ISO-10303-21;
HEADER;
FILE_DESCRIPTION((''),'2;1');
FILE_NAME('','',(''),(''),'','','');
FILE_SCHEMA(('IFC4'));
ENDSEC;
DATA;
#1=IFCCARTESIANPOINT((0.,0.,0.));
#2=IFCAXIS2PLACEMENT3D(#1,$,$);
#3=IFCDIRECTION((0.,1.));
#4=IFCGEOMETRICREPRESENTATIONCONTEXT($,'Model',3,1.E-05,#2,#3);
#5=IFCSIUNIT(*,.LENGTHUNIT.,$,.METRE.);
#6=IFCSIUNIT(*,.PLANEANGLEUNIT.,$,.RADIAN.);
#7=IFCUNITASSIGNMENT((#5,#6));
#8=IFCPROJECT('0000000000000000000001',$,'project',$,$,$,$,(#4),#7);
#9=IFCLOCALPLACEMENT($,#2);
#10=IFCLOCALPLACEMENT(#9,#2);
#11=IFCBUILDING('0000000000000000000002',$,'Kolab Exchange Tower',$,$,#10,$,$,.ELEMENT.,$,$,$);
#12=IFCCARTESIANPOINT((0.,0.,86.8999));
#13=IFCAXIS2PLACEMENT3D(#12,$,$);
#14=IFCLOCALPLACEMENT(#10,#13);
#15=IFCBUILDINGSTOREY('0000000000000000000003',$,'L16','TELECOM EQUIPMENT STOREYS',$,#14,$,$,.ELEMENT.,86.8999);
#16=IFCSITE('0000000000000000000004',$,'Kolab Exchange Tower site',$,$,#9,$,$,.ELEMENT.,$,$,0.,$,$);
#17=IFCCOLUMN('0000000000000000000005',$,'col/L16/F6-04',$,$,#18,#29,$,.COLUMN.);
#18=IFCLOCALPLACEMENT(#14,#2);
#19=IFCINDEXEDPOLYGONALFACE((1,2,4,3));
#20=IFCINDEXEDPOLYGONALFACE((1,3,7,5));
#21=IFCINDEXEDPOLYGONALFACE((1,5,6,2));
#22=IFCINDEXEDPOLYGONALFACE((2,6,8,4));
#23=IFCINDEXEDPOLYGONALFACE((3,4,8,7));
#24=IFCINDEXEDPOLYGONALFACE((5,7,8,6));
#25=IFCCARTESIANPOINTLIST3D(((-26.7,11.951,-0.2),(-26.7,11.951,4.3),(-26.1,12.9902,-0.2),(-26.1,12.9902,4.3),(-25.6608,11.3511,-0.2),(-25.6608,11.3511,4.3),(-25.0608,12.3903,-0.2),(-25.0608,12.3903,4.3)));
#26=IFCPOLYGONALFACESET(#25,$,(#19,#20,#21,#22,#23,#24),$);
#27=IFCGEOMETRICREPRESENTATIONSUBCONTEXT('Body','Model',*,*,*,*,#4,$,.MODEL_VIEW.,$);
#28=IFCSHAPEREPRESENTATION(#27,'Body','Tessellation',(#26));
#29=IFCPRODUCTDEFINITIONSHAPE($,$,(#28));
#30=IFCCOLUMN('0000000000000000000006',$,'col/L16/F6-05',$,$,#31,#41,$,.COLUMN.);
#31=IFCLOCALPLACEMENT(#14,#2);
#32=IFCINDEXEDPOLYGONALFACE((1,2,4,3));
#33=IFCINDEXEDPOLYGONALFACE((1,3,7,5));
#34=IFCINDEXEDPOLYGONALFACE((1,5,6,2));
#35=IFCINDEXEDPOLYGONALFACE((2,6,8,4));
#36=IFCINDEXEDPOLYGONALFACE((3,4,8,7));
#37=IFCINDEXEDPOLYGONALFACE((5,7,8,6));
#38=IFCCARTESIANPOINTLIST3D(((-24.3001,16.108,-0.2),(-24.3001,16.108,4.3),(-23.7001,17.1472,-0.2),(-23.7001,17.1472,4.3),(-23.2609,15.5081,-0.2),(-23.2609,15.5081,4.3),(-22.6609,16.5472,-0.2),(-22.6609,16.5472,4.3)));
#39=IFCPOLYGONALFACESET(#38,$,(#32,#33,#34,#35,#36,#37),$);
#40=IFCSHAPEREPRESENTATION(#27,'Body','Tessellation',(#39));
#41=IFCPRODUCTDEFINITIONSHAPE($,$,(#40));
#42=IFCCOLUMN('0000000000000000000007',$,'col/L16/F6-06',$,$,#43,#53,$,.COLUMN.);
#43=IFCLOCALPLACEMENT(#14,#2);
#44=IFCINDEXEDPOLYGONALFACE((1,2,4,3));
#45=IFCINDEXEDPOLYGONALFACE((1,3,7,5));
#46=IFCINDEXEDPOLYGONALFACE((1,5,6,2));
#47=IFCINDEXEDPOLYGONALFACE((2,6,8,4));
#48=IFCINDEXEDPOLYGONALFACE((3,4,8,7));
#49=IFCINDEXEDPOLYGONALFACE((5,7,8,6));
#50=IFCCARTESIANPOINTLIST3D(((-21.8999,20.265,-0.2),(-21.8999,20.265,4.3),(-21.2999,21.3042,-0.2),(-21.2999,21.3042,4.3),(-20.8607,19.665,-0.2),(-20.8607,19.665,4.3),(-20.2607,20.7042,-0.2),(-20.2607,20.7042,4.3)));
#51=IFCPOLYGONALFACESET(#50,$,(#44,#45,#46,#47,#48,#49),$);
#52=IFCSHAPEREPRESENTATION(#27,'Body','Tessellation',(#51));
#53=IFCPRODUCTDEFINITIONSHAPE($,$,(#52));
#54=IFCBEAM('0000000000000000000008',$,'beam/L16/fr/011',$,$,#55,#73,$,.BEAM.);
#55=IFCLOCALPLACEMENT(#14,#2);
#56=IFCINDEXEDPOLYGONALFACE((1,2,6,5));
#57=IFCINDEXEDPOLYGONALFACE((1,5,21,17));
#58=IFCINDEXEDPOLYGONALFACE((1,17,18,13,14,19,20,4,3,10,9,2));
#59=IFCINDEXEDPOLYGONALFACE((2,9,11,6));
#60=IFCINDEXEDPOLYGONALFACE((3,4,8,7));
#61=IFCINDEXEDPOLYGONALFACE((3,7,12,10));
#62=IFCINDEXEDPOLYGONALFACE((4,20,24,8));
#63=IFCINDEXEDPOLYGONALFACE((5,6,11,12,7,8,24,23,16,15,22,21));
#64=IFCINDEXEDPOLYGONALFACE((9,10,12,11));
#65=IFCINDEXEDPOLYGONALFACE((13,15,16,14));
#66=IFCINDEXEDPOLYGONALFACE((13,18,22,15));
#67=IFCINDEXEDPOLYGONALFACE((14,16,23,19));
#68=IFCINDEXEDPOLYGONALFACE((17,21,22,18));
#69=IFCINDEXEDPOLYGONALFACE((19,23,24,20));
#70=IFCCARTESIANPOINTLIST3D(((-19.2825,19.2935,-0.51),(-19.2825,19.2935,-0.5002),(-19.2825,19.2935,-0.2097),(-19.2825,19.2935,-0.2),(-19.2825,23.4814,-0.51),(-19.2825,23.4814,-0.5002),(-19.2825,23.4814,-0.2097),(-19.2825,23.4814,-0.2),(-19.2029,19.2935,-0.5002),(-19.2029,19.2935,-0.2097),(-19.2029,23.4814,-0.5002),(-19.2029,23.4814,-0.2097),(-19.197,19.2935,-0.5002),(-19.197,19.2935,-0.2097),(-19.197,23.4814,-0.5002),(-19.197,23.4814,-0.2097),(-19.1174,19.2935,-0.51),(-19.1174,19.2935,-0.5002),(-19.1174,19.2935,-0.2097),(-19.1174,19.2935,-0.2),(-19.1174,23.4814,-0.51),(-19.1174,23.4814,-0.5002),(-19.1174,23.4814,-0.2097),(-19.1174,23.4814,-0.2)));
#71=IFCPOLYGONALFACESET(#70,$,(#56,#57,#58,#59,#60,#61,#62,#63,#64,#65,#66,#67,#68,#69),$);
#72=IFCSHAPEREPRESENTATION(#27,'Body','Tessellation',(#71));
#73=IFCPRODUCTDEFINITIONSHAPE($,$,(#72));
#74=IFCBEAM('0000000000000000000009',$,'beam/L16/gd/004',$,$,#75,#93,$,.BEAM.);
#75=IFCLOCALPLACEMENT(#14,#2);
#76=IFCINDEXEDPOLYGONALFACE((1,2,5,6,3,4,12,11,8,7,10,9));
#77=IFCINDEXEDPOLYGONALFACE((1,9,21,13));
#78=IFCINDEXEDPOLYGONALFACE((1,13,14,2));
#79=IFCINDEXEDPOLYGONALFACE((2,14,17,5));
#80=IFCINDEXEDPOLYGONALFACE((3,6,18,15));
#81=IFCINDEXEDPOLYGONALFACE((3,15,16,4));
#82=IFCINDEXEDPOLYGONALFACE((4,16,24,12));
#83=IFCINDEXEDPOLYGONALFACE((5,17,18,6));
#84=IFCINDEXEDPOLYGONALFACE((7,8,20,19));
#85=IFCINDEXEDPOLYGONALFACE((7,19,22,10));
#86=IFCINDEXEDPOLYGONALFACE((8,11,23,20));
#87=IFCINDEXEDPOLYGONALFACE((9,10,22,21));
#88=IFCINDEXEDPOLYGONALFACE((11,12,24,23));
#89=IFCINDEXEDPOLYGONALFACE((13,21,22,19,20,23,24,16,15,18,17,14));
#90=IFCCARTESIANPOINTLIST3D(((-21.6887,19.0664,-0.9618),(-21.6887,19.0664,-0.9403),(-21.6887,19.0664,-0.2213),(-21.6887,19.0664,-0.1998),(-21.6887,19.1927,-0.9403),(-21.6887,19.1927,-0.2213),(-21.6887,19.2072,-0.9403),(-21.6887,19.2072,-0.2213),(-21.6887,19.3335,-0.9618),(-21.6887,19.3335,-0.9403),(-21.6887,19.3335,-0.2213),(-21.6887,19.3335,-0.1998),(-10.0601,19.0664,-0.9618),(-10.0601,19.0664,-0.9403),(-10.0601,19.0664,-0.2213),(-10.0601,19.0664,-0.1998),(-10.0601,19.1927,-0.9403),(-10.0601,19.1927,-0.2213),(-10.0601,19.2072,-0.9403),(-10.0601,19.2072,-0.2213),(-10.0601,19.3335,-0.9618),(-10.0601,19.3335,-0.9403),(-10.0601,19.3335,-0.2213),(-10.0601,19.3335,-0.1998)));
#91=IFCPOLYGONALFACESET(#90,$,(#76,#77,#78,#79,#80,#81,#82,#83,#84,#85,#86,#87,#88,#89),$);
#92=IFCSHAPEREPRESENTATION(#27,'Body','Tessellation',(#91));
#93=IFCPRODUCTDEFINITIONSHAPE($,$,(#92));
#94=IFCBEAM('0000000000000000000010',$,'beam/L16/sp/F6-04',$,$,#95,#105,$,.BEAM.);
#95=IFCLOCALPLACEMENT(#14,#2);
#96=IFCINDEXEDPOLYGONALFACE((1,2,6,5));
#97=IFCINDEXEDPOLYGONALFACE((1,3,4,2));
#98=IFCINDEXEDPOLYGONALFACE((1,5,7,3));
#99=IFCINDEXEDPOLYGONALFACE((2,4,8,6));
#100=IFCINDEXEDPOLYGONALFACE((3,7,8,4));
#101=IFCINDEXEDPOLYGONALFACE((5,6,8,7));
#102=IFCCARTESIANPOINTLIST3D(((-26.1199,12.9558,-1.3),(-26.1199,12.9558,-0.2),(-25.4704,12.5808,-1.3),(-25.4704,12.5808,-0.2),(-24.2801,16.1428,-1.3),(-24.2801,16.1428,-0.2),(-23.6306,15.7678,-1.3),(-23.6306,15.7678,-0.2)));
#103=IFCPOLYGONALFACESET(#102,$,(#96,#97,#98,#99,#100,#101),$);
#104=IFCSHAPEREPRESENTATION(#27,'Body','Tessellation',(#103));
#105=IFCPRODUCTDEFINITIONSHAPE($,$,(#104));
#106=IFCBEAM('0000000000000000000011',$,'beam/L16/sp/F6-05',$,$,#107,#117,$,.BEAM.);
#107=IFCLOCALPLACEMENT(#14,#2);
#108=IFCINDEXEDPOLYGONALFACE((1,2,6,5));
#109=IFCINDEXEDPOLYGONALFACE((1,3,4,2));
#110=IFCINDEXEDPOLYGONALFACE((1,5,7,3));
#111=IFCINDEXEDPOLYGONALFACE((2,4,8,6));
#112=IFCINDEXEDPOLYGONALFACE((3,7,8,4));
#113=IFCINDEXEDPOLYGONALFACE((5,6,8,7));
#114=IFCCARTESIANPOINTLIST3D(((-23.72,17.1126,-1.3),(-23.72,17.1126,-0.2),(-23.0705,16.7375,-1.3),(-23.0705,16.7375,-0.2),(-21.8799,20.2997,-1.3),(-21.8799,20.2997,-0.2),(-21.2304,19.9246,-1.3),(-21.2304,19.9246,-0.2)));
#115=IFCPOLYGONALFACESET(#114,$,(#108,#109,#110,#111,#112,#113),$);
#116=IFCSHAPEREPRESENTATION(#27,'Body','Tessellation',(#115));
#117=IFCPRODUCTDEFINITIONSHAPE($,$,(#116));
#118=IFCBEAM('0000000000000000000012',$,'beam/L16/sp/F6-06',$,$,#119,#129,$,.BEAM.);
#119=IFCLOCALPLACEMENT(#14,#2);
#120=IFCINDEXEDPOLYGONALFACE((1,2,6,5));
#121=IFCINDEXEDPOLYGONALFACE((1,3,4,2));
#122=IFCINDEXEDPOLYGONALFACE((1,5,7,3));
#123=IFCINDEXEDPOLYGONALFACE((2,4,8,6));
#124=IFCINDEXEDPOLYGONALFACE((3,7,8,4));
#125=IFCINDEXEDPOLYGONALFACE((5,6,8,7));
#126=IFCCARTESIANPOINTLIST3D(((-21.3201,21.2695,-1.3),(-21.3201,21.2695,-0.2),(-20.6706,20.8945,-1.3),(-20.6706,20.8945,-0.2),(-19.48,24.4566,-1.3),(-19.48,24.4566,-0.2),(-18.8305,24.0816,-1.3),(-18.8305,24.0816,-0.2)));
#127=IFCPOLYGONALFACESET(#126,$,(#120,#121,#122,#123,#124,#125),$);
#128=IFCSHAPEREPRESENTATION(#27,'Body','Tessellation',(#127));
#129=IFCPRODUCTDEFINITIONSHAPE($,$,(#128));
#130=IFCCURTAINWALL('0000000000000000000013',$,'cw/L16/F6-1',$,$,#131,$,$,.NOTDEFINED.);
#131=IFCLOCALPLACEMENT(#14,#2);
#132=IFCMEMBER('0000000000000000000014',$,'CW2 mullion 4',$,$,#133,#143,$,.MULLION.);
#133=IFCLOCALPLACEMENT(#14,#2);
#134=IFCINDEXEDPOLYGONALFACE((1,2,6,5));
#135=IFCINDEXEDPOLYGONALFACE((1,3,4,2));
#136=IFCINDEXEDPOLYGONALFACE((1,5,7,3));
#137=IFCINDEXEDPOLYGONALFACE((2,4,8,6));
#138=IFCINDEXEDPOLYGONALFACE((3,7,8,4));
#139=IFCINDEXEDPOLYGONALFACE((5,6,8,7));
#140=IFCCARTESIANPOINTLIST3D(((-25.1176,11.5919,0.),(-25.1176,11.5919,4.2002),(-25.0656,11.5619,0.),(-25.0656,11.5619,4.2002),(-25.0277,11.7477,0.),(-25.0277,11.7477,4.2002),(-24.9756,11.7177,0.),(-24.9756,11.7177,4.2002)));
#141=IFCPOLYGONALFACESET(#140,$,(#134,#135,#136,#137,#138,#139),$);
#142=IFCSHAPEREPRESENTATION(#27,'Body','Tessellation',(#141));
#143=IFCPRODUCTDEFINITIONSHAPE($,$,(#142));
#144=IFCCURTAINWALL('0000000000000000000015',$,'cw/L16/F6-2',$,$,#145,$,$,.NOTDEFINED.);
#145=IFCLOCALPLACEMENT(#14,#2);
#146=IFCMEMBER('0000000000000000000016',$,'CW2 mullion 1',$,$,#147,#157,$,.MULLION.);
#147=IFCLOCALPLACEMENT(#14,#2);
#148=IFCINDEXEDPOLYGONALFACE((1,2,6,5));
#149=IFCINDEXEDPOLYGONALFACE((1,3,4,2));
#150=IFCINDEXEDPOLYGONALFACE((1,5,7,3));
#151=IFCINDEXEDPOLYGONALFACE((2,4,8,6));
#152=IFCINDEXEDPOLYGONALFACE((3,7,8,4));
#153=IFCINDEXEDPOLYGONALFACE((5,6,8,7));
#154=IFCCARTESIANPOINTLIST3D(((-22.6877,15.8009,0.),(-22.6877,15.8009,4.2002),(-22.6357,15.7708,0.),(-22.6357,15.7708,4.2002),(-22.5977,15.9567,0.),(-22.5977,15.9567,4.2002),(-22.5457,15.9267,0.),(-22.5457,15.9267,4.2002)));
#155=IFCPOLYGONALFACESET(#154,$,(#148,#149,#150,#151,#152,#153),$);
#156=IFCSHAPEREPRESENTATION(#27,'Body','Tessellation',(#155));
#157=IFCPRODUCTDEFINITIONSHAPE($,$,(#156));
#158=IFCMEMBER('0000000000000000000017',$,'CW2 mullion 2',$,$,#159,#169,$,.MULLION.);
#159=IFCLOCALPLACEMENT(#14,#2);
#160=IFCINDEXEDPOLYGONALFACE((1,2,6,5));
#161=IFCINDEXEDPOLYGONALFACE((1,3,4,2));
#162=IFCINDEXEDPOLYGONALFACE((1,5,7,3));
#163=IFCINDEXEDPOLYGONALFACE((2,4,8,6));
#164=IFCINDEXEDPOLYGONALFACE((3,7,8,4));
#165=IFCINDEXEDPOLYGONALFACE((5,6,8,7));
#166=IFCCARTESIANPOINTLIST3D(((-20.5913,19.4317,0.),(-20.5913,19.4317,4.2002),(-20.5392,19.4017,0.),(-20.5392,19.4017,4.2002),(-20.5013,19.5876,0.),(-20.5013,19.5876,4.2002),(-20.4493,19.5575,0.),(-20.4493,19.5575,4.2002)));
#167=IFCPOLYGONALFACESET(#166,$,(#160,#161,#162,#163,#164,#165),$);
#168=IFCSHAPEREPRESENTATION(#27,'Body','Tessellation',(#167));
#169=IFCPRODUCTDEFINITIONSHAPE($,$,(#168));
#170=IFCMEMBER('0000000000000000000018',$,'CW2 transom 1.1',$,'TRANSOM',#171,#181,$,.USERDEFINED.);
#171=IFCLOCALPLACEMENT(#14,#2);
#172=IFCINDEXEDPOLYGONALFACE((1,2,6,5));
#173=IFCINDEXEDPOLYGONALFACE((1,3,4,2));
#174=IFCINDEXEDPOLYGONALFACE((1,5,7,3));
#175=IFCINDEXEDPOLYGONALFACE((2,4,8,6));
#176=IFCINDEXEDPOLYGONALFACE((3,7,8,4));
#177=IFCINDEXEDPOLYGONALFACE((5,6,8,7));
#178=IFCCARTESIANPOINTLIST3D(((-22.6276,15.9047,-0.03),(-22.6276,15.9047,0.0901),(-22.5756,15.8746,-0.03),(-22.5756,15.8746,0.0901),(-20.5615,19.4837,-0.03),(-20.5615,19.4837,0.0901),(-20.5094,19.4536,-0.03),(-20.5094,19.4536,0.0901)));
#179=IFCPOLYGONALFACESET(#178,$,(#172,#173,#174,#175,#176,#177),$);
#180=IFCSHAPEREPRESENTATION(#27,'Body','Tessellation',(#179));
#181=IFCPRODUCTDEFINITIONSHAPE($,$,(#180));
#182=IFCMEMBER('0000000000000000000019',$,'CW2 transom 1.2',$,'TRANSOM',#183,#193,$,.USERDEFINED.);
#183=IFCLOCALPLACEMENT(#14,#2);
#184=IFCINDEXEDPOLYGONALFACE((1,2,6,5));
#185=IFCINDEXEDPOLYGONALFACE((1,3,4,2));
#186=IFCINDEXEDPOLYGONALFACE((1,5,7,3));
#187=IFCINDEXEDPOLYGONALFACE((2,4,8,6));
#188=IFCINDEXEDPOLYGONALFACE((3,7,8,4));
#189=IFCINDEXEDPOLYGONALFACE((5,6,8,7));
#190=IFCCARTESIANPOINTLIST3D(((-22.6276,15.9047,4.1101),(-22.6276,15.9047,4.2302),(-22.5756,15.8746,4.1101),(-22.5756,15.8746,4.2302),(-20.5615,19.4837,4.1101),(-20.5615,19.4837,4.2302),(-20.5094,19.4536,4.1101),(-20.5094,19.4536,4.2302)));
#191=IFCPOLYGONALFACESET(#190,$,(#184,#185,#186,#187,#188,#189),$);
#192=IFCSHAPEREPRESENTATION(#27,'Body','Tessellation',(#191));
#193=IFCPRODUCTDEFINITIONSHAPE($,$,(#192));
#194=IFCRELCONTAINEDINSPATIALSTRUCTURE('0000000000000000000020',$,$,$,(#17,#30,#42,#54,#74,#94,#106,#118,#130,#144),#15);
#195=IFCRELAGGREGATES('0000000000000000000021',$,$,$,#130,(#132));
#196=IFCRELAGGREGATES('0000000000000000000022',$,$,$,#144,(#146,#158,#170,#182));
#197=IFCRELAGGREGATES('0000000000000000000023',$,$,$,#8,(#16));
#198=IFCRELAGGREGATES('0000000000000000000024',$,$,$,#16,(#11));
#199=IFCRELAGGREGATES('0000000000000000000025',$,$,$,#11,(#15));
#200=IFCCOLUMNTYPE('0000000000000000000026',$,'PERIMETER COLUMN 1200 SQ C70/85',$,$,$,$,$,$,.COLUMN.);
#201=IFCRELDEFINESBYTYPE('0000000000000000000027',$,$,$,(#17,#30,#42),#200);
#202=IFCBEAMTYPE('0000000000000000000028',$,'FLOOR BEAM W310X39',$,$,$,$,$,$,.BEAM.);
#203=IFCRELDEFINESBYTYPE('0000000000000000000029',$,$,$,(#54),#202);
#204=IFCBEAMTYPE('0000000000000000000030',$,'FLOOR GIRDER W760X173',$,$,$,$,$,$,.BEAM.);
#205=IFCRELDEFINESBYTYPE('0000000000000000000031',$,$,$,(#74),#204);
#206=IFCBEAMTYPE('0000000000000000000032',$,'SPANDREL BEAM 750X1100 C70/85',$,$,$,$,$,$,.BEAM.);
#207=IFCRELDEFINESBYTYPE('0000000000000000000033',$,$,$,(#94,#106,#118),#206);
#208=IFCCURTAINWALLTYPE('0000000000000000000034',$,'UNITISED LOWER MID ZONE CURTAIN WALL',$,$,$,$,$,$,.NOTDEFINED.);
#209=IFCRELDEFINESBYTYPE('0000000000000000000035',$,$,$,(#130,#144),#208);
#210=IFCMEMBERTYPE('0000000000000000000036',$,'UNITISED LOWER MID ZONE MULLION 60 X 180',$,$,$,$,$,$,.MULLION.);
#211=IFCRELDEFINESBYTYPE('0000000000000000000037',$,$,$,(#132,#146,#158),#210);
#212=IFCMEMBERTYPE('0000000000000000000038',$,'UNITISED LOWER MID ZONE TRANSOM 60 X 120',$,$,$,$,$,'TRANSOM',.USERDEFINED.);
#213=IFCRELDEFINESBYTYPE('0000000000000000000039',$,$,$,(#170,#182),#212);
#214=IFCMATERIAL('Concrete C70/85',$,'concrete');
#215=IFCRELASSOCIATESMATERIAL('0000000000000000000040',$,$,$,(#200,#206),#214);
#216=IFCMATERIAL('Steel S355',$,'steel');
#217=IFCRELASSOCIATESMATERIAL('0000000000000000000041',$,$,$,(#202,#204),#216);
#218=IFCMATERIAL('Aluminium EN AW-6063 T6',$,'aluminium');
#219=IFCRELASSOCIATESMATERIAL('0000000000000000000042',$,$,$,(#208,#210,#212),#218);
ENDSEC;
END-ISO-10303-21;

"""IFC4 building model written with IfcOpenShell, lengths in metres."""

from ifc_helpers import new_model, si_unit, direction, frame, origin, origin_2d, place, context, subcontext, project, spatial, rectangle, i_section, extrude, material, material_profile, profile_set, type_object, element, aggregate, save


model = new_model("IFC4")

# Units and contexts
model_context = context("Model", 3, precision=1e-05, world=origin(), true_north=direction((0.0, 1.0)))
body_context = subcontext(model_context, "Body", "Model", "MODEL_VIEW")
ifc_project = project(units=[si_unit("LENGTHUNIT", "METRE"), si_unit("PLANEANGLEUNIT", "RADIAN")], contexts=[model_context])

# Site, building, storey
site_placement = place(None, origin())
site = spatial("IfcSite", under=ifc_project, at=site_placement, Name="Kolab Exchange Tower site", CompositionType="ELEMENT", RefElevation=0.0)
building_placement = place(site_placement, origin())
building = spatial("IfcBuilding", under=site, at=building_placement, Name="Kolab Exchange Tower", CompositionType="ELEMENT")
storey_placement = place(building_placement, frame((0.0, 0.0, 86.8999)))
storey = spatial("IfcBuildingStorey", under=building, at=storey_placement, Name="L16", Description="TELECOM EQUIPMENT STOREYS", CompositionType="ELEMENT", Elevation=86.8999)

# Columns
ifc_material_1 = material(Name="Concrete C70/85", Category="concrete")
ifc_material_profile_1 = material_profile(ifc_material_1, rectangle(XDim=1.2, YDim=1.2, at=origin_2d()), Name="RC1200")
ifc_profile_set_1 = profile_set([ifc_material_profile_1], Name="Concrete C70/85")
column_type = type_object("IfcColumnType", Name="PERIMETER COLUMN 1200 SQ C70/85", PredefinedType="COLUMN", material=ifc_profile_set_1)
for number, where, z_axis, x_axis, name in (
    (1, (-25.8804, 12.1707, -0.2), (0.0, 0.0, 1.0), (0.5, 0.866025, 0.0), "col/L16/F6-04"),
    (2, (-23.4805, 16.3276, -0.2), (0.0, 0.0, 1.0), (0.5, 0.866025, 0.0), "col/L16/F6-05"),
    (3, (-21.0803, 20.4846, -0.2), (0.0, 0.0, 1.0), (0.5, 0.866025, 0.0), "col/L16/F6-06"),
):
    element("IfcColumn", number, at=place(storey_placement, frame(where, z_axis=z_axis, x_axis=x_axis)), inside=storey, type_object=column_type, Name=name, PredefinedType="COLUMN", context=body_context, shape_type="SweptSolid", body=[
        extrude(rectangle(XDim=1.2, YDim=1.2, at=origin_2d()), origin(), (0.0, 0.0, 1.0), 4.5),
    ])

# Beams
ifc_material_2 = material(Name="Steel S355", Category="steel")
ifc_material_profile_2 = material_profile(ifc_material_2, i_section(OverallWidth=0.165, OverallDepth=0.3101, WebThickness=0.0059, FlangeThickness=0.0098, at=origin_2d()), Name="W310X39")
ifc_profile_set_2 = profile_set([ifc_material_profile_2], Name="Steel S355")
beam_type_1 = type_object("IfcBeamType", Name="FLOOR BEAM W310X39", PredefinedType="BEAM", material=ifc_profile_set_2)
beam_1_placement = place(storey_placement, frame((-19.2, 19.2935, -0.355), z_axis=(0.0, 1.0, 0.0), x_axis=(-1.0, 0.0, 0.0)))
element("IfcBeam", 4, at=beam_1_placement, inside=storey, type_object=beam_type_1, Name="beam/L16/fr/011", PredefinedType="BEAM", context=body_context, shape_type="SweptSolid", body=[
    extrude(i_section(OverallWidth=0.165, OverallDepth=0.3101, WebThickness=0.0059, FlangeThickness=0.0098, at=origin_2d()), origin(), (0.0, 0.0, 1.0), 4.188),
])
ifc_material_profile_3 = material_profile(ifc_material_2, i_section(OverallWidth=0.2671, OverallDepth=0.762, WebThickness=0.0144, FlangeThickness=0.0215, at=origin_2d()), Name="W760X173")
ifc_profile_set_3 = profile_set([ifc_material_profile_3], Name="Steel S355")
beam_type_2 = type_object("IfcBeamType", Name="FLOOR GIRDER W760X173", PredefinedType="BEAM", material=ifc_profile_set_3)
beam_2_placement = place(storey_placement, frame((-21.6887, 19.2, -0.5808), z_axis=(1.0, 0.0, 0.0), x_axis=(0.0, 1.0, 0.0)))
element("IfcBeam", 5, at=beam_2_placement, inside=storey, type_object=beam_type_2, Name="beam/L16/gd/004", PredefinedType="BEAM", context=body_context, shape_type="SweptSolid", body=[
    extrude(i_section(OverallWidth=0.2671, OverallDepth=0.762, WebThickness=0.0144, FlangeThickness=0.0215, at=origin_2d()), origin(), (0.0, 0.0, 1.0), 11.6287),
])
ifc_material_profile_4 = material_profile(ifc_material_1, rectangle(XDim=0.75, YDim=1.1001, at=origin_2d()), Name="RC750X1100")
ifc_profile_set_4 = profile_set([ifc_material_profile_4], Name="Concrete C70/85")
beam_type_3 = type_object("IfcBeamType", Name="SPANDREL BEAM 750X1100 C70/85", PredefinedType="BEAM", material=ifc_profile_set_4)
beam_3_placement = place(storey_placement, frame((-25.7952, 12.7683, -0.75), z_axis=(0.499964, 0.866046, 0.0), x_axis=(-0.866046, 0.499964, 0.0)))
element("IfcBeam", 6, at=beam_3_placement, inside=storey, type_object=beam_type_3, Name="beam/L16/sp/F6-04", PredefinedType="BEAM", context=body_context, shape_type="SweptSolid", body=[
    extrude(rectangle(XDim=0.75, YDim=1.1001, at=origin_2d()), origin(), (0.0, 0.0, 1.0), 3.6799),
])
for number, where, z_axis, x_axis, name in (
    (7, (-23.3953, 16.925, -0.75), (0.500013, 0.866018, 0.0), (-0.866018, 0.500013, 0.0), "beam/L16/sp/F6-05"),
    (8, (-20.9954, 21.082, -0.75), (0.500013, 0.866018, 0.0), (-0.866018, 0.500013, 0.0), "beam/L16/sp/F6-06"),
):
    element("IfcBeam", number, at=place(storey_placement, frame(where, z_axis=z_axis, x_axis=x_axis)), inside=storey, type_object=beam_type_3, Name=name, PredefinedType="BEAM", context=body_context, shape_type="SweptSolid", body=[
        extrude(rectangle(XDim=0.75, YDim=1.1001, at=origin_2d()), origin(), (0.0, 0.0, 1.0), 3.6802),
    ])

# Curtain wall, member
ifc_material_3 = material(Name="Aluminium EN AW-6063 T6", Category="aluminium")
curtain_wall_type = type_object("IfcCurtainWallType", Name="UNITISED LOWER MID ZONE CURTAIN WALL", PredefinedType="NOTDEFINED", material=ifc_material_3)
curtain_wall_1_placement = place(storey_placement, origin())
curtain_wall_1 = element("IfcCurtainWall", 9, at=curtain_wall_1_placement, inside=storey, type_object=curtain_wall_type, Name="cw/L16/F6-1", PredefinedType="NOTDEFINED")
ifc_material_profile_5 = material_profile(ifc_material_3, rectangle(XDim=0.0601, YDim=0.1799, at=origin_2d()), Name="RECT 60X180")
ifc_profile_set_5 = profile_set([ifc_material_profile_5], Name="Aluminium EN AW-6063 T6")
member_type_1 = type_object("IfcMemberType", Name="UNITISED LOWER MID ZONE MULLION 60 X 180", PredefinedType="MULLION", material=ifc_profile_set_5)
member_1_placement = place(storey_placement, frame((-25.0466, 11.6548, 0.0), z_axis=(0.0, 0.0, 1.0), x_axis=(-0.866025, 0.5, 0.0)))
member_1 = element("IfcMember", 10, at=member_1_placement, type_object=member_type_1, Name="CW2 mullion 4", PredefinedType="MULLION", context=body_context, shape_type="SweptSolid", body=[
    extrude(rectangle(XDim=0.0601, YDim=0.1799, at=origin_2d()), origin(), (0.0, 0.0, 1.0), 4.2002),
])
aggregate(curtain_wall_1, [member_1])

# Curtain wall, members
curtain_wall_2_placement = place(storey_placement, origin())
curtain_wall_2 = element("IfcCurtainWall", 11, at=curtain_wall_2_placement, inside=storey, type_object=curtain_wall_type, Name="cw/L16/F6-2", PredefinedType="NOTDEFINED")
member_2_placement = place(storey_placement, frame((-22.6167, 15.8638, 0.0), z_axis=(0.0, 0.0, 1.0), x_axis=(-0.866025, 0.5, 0.0)))
member_2 = element("IfcMember", 12, at=member_2_placement, type_object=member_type_1, Name="CW2 mullion 1", PredefinedType="MULLION", context=body_context, shape_type="SweptSolid", body=[
    extrude(rectangle(XDim=0.0601, YDim=0.1799, at=origin_2d()), origin(), (0.0, 0.0, 1.0), 4.2002),
])
member_3_placement = place(storey_placement, frame((-20.5203, 19.4946, 0.0), z_axis=(0.0, 0.0, 1.0), x_axis=(-0.866025, 0.5, 0.0)))
member_3 = element("IfcMember", 13, at=member_3_placement, type_object=member_type_1, Name="CW2 mullion 2", PredefinedType="MULLION", context=body_context, shape_type="SweptSolid", body=[
    extrude(rectangle(XDim=0.0601, YDim=0.1799, at=origin_2d()), origin(), (0.0, 0.0, 1.0), 4.2002),
])
ifc_material_profile_6 = material_profile(ifc_material_3, rectangle(XDim=0.0601, YDim=0.1201, at=origin_2d()), Name="RECT 60X120")
ifc_profile_set_6 = profile_set([ifc_material_profile_6], Name="Aluminium EN AW-6063 T6")
member_type_2 = type_object("IfcMemberType", Name="UNITISED LOWER MID ZONE TRANSOM 60 X 120", ElementType="TRANSOM", PredefinedType="USERDEFINED", material=ifc_profile_set_6)
member_4_placement = place(storey_placement, frame((-22.6016, 15.8896, 0.03), z_axis=(0.499958, 0.86605, 0.0), x_axis=(-0.86605, 0.499958, 0.0)))
member_4 = element("IfcMember", 14, at=member_4_placement, type_object=member_type_2, Name="CW2 transom 1.1", ObjectType="TRANSOM", PredefinedType="USERDEFINED", context=body_context, shape_type="SweptSolid", body=[
    extrude(rectangle(XDim=0.0601, YDim=0.1201, at=origin_2d()), origin(), (0.0, 0.0, 1.0), 4.1326),
])
member_5_placement = place(storey_placement, frame((-22.6016, 15.8896, 4.1702), z_axis=(0.499958, 0.86605, 0.0), x_axis=(-0.86605, 0.499958, 0.0)))
member_5 = element("IfcMember", 15, at=member_5_placement, type_object=member_type_2, Name="CW2 transom 1.2", ObjectType="TRANSOM", PredefinedType="USERDEFINED", context=body_context, shape_type="SweptSolid", body=[
    extrude(rectangle(XDim=0.0601, YDim=0.1201, at=origin_2d()), origin(), (0.0, 0.0, 1.0), 4.1326),
])
aggregate(curtain_wall_2, [member_2, member_3, member_4, member_5])

save(model, "model.ifc")
